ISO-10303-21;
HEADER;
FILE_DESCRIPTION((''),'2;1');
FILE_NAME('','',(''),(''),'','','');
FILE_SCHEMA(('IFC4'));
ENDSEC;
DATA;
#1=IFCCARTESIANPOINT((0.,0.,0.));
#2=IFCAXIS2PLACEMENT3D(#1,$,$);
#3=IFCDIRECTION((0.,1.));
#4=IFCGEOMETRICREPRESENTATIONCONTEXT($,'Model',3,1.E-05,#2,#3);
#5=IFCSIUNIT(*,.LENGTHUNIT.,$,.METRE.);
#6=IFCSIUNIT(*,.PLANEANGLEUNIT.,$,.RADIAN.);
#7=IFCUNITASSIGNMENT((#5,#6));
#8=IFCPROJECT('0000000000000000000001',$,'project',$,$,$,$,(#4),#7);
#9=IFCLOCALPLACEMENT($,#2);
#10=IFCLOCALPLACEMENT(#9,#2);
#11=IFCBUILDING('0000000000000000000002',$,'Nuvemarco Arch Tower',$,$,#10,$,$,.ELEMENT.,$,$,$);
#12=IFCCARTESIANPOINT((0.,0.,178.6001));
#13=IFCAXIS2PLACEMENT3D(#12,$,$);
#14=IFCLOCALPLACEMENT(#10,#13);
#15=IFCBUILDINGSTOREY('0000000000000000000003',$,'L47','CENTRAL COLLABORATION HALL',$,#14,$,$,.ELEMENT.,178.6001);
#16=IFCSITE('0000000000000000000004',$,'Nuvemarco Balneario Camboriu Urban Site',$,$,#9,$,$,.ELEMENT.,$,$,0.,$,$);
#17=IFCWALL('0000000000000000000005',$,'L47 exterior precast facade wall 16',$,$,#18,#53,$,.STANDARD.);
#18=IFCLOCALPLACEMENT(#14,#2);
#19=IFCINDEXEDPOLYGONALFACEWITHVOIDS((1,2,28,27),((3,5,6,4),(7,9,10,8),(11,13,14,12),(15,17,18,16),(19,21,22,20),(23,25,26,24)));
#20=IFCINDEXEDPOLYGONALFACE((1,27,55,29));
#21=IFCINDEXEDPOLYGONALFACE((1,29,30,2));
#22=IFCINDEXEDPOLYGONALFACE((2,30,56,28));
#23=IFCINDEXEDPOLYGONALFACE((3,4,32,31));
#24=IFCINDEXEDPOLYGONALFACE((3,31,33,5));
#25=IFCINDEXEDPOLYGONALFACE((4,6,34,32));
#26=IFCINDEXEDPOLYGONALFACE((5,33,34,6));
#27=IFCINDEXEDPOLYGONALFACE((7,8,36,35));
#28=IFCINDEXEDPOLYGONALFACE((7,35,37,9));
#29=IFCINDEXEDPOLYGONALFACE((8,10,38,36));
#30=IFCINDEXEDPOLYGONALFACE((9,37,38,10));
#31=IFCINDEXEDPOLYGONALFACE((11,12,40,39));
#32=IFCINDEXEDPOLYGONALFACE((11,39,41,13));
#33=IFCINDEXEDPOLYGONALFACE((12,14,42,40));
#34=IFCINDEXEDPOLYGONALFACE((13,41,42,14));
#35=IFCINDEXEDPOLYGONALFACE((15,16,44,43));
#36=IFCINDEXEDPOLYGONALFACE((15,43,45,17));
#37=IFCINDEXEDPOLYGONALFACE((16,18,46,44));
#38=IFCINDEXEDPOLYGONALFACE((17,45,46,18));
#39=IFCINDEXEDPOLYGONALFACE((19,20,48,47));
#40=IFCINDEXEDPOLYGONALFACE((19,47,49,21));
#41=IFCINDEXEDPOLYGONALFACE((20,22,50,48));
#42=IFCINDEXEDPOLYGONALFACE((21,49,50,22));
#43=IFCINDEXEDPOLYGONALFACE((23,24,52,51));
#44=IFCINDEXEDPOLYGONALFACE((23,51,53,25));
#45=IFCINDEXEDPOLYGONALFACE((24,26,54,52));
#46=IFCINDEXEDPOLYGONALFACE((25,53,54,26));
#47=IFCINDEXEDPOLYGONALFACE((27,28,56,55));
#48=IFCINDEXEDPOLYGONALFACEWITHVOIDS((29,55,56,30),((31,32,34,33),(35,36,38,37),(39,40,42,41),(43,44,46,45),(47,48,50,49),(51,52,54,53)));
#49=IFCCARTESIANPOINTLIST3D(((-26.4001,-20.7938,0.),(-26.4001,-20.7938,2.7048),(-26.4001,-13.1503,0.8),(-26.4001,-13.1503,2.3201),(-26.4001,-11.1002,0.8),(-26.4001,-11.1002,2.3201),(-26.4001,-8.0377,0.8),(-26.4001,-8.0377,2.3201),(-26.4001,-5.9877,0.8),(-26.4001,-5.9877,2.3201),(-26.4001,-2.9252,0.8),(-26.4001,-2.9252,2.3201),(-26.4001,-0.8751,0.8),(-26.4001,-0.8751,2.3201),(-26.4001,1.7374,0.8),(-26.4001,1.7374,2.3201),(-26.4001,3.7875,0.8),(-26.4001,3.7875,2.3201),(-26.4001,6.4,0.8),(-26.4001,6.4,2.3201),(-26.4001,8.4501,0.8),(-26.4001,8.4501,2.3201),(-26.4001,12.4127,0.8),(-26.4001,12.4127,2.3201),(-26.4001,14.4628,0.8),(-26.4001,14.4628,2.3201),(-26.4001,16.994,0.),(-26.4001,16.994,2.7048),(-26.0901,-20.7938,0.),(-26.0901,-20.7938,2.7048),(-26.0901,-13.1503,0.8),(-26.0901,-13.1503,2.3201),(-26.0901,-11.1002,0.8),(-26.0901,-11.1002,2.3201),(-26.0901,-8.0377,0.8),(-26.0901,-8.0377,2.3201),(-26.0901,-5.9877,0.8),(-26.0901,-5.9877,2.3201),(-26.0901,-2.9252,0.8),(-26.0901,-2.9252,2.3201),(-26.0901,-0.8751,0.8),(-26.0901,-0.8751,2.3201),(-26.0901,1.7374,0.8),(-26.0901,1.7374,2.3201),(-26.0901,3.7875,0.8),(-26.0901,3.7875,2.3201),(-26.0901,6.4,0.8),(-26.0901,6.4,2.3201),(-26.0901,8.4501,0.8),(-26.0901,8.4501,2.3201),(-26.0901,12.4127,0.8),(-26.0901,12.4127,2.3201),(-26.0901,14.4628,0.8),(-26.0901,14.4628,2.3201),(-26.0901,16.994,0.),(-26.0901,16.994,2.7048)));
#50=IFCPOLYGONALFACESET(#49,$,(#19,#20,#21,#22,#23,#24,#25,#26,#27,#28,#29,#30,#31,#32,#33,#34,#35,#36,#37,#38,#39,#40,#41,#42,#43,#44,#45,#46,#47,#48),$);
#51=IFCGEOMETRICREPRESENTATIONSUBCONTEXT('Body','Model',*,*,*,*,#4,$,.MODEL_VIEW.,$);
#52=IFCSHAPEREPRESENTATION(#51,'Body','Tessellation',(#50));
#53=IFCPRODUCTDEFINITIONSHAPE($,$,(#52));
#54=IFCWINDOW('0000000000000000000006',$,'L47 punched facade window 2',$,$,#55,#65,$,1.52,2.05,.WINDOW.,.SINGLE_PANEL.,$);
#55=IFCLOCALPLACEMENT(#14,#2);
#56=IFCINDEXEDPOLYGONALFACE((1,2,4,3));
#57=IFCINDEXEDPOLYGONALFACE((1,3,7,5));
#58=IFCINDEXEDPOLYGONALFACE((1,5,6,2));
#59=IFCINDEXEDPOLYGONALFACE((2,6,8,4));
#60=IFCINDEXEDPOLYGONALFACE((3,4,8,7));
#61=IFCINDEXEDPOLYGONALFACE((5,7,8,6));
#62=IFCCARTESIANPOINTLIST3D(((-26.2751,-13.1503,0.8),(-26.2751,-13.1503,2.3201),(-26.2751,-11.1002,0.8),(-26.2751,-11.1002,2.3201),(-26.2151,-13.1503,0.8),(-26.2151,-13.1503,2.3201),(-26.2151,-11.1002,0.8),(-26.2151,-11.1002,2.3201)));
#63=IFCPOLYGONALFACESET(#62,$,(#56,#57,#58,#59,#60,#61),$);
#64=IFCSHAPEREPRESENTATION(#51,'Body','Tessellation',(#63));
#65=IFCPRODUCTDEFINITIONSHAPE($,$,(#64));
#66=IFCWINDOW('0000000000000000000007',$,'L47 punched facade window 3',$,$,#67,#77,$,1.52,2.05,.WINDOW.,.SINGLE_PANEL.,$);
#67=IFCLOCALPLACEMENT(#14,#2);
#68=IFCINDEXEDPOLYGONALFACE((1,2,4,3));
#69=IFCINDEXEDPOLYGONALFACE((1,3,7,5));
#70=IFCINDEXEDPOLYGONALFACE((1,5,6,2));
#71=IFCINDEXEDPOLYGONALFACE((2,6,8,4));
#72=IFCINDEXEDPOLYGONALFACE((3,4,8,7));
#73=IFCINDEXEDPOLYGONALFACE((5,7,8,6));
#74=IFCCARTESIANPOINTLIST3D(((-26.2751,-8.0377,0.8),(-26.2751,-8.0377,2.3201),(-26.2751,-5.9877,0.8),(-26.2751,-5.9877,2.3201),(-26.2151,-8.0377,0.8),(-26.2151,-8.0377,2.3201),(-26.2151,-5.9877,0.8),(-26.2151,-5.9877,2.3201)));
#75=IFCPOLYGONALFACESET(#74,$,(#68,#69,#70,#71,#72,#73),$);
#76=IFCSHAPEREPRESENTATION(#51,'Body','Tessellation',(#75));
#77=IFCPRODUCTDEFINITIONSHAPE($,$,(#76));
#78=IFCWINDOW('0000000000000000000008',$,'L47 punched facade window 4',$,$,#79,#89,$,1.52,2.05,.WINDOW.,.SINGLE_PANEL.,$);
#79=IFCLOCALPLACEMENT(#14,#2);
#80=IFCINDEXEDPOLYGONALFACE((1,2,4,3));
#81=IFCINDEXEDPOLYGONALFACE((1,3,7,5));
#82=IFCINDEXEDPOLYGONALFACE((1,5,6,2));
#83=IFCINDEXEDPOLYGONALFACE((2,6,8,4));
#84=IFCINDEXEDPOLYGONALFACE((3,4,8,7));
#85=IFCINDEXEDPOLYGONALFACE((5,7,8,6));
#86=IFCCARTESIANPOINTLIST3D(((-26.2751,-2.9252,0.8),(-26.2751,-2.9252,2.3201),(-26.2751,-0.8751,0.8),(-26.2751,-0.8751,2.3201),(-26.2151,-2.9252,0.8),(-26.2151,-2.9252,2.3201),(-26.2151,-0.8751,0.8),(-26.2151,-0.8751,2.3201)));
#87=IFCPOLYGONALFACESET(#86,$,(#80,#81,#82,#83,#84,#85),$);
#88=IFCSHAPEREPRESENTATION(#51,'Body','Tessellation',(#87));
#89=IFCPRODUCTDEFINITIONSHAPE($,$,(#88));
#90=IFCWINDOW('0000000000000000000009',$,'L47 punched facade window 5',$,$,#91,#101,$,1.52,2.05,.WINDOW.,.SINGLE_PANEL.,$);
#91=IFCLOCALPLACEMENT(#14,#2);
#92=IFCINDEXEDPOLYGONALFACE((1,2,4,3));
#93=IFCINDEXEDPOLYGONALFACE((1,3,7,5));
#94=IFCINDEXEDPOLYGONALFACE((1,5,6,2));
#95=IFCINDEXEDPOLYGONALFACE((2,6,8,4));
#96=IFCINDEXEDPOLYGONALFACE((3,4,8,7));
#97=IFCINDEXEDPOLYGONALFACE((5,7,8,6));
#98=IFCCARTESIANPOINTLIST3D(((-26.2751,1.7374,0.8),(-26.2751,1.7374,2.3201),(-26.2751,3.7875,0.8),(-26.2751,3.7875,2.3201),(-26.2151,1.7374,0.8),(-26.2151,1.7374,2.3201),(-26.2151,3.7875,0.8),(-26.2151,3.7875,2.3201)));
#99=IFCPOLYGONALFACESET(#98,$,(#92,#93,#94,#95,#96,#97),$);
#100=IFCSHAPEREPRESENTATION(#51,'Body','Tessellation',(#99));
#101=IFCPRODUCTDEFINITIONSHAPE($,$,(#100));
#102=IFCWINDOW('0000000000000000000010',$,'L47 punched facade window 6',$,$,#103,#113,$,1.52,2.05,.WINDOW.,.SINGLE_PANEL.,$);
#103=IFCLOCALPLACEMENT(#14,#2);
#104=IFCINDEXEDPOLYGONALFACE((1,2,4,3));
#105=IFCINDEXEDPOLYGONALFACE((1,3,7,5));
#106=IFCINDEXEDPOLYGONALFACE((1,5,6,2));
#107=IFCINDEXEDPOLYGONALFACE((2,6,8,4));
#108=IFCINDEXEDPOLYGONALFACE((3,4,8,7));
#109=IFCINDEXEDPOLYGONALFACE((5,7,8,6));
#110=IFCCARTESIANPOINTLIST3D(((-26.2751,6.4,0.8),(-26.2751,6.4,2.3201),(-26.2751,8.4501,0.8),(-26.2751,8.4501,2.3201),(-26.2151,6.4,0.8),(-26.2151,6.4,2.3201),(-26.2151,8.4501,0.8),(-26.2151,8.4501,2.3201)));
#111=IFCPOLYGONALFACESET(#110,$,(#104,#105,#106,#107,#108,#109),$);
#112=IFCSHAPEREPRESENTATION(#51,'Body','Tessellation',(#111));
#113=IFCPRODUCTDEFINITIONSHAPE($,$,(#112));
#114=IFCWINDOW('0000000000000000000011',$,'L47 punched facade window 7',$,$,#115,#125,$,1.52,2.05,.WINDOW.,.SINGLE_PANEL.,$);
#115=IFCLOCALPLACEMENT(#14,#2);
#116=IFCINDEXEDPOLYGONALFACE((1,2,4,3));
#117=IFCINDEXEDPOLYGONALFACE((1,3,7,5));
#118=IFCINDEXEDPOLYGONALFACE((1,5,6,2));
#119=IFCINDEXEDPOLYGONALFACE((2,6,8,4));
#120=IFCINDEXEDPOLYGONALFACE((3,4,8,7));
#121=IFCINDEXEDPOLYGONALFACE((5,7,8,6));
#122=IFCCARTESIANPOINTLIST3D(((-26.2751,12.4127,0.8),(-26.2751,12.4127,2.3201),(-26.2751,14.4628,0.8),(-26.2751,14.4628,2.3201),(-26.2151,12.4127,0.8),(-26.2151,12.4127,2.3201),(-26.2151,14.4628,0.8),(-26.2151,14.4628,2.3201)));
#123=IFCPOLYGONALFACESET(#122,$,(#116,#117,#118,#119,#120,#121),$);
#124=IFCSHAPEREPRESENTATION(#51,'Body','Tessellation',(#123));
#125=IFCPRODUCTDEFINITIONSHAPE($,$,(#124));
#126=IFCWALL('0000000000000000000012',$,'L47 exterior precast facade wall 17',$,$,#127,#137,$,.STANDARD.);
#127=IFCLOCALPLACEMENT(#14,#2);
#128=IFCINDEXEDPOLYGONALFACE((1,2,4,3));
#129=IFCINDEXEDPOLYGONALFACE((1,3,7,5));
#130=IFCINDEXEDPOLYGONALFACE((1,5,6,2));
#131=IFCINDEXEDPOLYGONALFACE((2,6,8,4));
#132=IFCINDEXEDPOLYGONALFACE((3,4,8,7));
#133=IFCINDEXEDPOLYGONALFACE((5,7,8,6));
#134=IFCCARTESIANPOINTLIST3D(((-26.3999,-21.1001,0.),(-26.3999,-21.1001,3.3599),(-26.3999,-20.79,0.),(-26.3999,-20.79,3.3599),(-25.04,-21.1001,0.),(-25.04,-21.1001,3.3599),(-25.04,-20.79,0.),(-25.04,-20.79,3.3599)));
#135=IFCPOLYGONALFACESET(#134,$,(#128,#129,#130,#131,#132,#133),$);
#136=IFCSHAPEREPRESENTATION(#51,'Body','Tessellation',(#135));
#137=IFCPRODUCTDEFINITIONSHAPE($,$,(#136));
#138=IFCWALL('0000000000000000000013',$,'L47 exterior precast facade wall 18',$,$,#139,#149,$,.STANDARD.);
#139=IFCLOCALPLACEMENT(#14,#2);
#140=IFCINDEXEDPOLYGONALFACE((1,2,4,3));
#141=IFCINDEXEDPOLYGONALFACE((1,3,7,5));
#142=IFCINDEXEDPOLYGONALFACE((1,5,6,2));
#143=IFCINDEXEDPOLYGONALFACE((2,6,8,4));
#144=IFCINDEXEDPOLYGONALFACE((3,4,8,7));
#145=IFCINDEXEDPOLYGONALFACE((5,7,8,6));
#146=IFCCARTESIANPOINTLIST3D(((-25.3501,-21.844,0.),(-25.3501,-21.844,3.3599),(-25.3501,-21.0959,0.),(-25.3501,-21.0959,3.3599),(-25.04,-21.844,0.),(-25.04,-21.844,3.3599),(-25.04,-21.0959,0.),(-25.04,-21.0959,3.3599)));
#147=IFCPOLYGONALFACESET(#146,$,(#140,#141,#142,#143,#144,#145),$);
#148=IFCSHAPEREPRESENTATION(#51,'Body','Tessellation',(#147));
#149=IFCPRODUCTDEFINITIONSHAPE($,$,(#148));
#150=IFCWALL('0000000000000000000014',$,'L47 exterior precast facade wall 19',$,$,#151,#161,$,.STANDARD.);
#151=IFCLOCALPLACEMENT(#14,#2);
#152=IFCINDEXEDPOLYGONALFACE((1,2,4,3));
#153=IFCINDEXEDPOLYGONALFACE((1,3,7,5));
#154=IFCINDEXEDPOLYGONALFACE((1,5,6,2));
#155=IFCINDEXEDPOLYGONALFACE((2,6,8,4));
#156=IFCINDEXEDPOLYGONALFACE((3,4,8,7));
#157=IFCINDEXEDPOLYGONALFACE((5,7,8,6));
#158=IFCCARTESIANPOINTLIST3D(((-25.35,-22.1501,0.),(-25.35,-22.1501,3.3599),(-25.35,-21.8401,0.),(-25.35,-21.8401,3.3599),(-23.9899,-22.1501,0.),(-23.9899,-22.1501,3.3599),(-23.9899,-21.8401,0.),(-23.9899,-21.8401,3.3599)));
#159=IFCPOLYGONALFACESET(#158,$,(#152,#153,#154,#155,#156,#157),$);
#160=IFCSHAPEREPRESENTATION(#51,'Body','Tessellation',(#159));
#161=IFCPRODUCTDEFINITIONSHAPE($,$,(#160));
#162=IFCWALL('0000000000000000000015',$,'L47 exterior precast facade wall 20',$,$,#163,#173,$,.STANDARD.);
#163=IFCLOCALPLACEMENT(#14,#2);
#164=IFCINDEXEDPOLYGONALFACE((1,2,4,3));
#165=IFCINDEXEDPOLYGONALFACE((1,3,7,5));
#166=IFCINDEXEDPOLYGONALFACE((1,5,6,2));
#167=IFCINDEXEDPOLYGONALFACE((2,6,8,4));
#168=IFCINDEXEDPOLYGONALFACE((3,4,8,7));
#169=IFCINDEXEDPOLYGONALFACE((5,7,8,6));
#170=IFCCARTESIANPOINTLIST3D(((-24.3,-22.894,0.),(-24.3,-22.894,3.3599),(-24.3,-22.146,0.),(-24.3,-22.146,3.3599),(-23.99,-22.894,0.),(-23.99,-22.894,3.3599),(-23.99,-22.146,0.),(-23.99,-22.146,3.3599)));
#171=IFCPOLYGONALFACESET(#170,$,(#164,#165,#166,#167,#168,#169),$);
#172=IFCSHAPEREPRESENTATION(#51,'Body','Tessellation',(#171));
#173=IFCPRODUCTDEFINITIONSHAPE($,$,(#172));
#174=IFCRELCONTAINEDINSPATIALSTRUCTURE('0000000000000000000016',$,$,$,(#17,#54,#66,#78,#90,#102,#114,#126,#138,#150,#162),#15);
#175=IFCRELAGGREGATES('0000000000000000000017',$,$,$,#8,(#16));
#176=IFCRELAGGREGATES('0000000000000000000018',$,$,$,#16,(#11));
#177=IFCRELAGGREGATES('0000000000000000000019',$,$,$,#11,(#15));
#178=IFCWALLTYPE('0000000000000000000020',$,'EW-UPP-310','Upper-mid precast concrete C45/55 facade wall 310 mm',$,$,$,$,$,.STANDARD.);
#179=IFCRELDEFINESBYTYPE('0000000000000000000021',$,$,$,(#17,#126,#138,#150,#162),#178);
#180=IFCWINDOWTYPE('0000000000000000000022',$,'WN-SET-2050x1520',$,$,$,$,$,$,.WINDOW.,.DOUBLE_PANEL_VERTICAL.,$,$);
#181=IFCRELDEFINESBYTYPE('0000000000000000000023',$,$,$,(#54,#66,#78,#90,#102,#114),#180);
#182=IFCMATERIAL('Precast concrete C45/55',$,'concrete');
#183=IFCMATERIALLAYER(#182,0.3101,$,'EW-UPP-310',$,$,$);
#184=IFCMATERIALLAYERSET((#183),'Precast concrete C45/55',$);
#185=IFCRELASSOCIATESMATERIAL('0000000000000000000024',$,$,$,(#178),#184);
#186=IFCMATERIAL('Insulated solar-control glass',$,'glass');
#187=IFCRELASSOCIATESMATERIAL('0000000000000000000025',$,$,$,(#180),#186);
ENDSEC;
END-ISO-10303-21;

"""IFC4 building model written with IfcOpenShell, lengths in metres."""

from ifc_helpers import new_model, si_unit, direction, frame, frame_2d, origin, place, context, subcontext, project, spatial, rectangle, extrude, source, transform, mapped, material, layer, layer_set, type_object, type_shapes, element, fill, save


model = new_model("IFC4")

# Units and contexts
model_context = context("Model", 3, precision=1e-05, world=origin(), true_north=direction((0.0, 1.0)))
body_context = subcontext(model_context, "Body", "Model", "MODEL_VIEW")
ifc_project = project(units=[si_unit("LENGTHUNIT", "METRE"), si_unit("PLANEANGLEUNIT", "RADIAN")], contexts=[model_context])

# Site, building, storey
site_placement = place(None, origin())
site = spatial("IfcSite", under=ifc_project, at=site_placement, Name="Nuvemarco Balneario Camboriu Urban Site", CompositionType="ELEMENT", RefElevation=0.0)
building_placement = place(site_placement, origin())
building = spatial("IfcBuilding", under=site, at=building_placement, Name="Nuvemarco Arch Tower", CompositionType="ELEMENT")
storey_placement = place(building_placement, frame((0.0, 0.0, 178.6001)))
storey = spatial("IfcBuildingStorey", under=building, at=storey_placement, Name="L47", Description="CENTRAL COLLABORATION HALL", CompositionType="ELEMENT", Elevation=178.6001)

# Wall, openings, windows
ifc_material_1 = material(Name="Precast concrete C45/55", Category="concrete")
ifc_layer_1 = layer(ifc_material_1, 0.3101, Name="EW-UPP-310")
ifc_layer_set_1 = layer_set([ifc_layer_1], Name="Precast concrete C45/55")
wall_type_1 = type_object("IfcWallType", Name="EW-UPP-310", Description="Upper-mid precast concrete C45/55 facade wall 310 mm", PredefinedType="STANDARD", material=ifc_layer_set_1)
ifc_material_2 = material(Name="Insulated solar-control glass", Category="glass")
wall_1_placement = place(storey_placement, frame((-26.2451, -20.7939, 0.0), z_axis=(0.0, 0.0, 1.0), x_axis=(0.0, 1.0, 0.0)))
wall_1 = element("IfcWall", 1, at=wall_1_placement, inside=storey, type_object=wall_type_1, Name="L47 exterior precast facade wall 16", PredefinedType="STANDARD", context=body_context, shape_type="SweptSolid", body=[
    extrude(rectangle(XDim=37.7878, YDim=0.3101, at=frame_2d((18.894, 0.0))), origin(), (0.0, 0.0, 1.0), 2.7048),
])
opening_1_placement = place(wall_1_placement, frame((7.6438, 0.0, 0.8)))
opening_1 = element("IfcOpeningElement", 2, at=opening_1_placement, cuts=wall_1, PredefinedType="OPENING", context=body_context, shape_type="SweptSolid", body=[
    extrude(rectangle(XDim=2.05, YDim=1.52, at=frame_2d((1.0249, 0.76))), frame((0.0, 0.165, 0.0), z_axis=(0.0, -1.0, 0.0), x_axis=(1.0, 0.0, 0.0)), (0.0, 0.0, 1.0), 0.3301),
])
opening_2_placement = place(wall_1_placement, frame((12.7563, 0.0, 0.8)))
opening_2 = element("IfcOpeningElement", 3, at=opening_2_placement, cuts=wall_1, PredefinedType="OPENING", context=body_context, shape_type="SweptSolid", body=[
    extrude(rectangle(XDim=2.05, YDim=1.52, at=frame_2d((1.0249, 0.76))), frame((0.0, 0.165, 0.0), z_axis=(0.0, -1.0, 0.0), x_axis=(1.0, 0.0, 0.0)), (0.0, 0.0, 1.0), 0.3301),
])
opening_3_placement = place(wall_1_placement, frame((17.8689, 0.0, 0.8)))
opening_3 = element("IfcOpeningElement", 4, at=opening_3_placement, cuts=wall_1, PredefinedType="OPENING", context=body_context, shape_type="SweptSolid", body=[
    extrude(rectangle(XDim=2.05, YDim=1.52, at=frame_2d((1.0249, 0.76))), frame((0.0, 0.165, 0.0), z_axis=(0.0, -1.0, 0.0), x_axis=(1.0, 0.0, 0.0)), (0.0, 0.0, 1.0), 0.3301),
])
opening_4_placement = place(wall_1_placement, frame((22.5315, 0.0, 0.8)))
opening_4 = element("IfcOpeningElement", 5, at=opening_4_placement, cuts=wall_1, PredefinedType="OPENING", context=body_context, shape_type="SweptSolid", body=[
    extrude(rectangle(XDim=2.05, YDim=1.52, at=frame_2d((1.0249, 0.76))), frame((0.0, 0.165, 0.0), z_axis=(0.0, -1.0, 0.0), x_axis=(1.0, 0.0, 0.0)), (0.0, 0.0, 1.0), 0.3301),
])
opening_5_placement = place(wall_1_placement, frame((27.1941, 0.0, 0.8)))
opening_5 = element("IfcOpeningElement", 6, at=opening_5_placement, cuts=wall_1, PredefinedType="OPENING", context=body_context, shape_type="SweptSolid", body=[
    extrude(rectangle(XDim=2.05, YDim=1.52, at=frame_2d((1.0249, 0.76))), frame((0.0, 0.165, 0.0), z_axis=(0.0, -1.0, 0.0), x_axis=(1.0, 0.0, 0.0)), (0.0, 0.0, 1.0), 0.3301),
])
opening_6_placement = place(wall_1_placement, frame((33.2068, 0.0, 0.8)))
opening_6 = element("IfcOpeningElement", 7, at=opening_6_placement, cuts=wall_1, PredefinedType="OPENING", context=body_context, shape_type="SweptSolid", body=[
    extrude(rectangle(XDim=2.05, YDim=1.52, at=frame_2d((1.0249, 0.76))), frame((0.0, 0.165, 0.0), z_axis=(0.0, -1.0, 0.0), x_axis=(1.0, 0.0, 0.0)), (0.0, 0.0, 1.0), 0.3301),
])
window_type_1 = type_object("IfcWindowType", Name="WN-SET-2050x1520", PartitioningType="DOUBLE_PANEL_VERTICAL", PredefinedType="WINDOW", material=ifc_material_2)
shared_shape_1 = source(origin(), body_context, "Body", "SweptSolid", [
    extrude(rectangle(XDim=2.05, YDim=1.52, at=frame_2d((1.0249, 0.76))), frame((0.0, 0.03, 0.0), z_axis=(0.0, -1.0, 0.0), x_axis=(1.0, 0.0, 0.0)), (0.0, 0.0, 1.0), 0.0601),
])
type_shapes(window_type_1, [shared_shape_1])
window_1_placement = place(opening_1_placement, origin())
window_1 = element("IfcWindow", 8, at=window_1_placement, inside=storey, type_object=window_type_1, Name="L47 punched facade window 2", OverallHeight=1.52, OverallWidth=2.05, PartitioningType="SINGLE_PANEL", PredefinedType="WINDOW", context=body_context, shape_type="MappedRepresentation", body=[
    mapped(shared_shape_1, transform((0.0, 0.0, 0.0), scale=1.0)),
])
fill(opening_1, window_1)
window_2_placement = place(opening_2_placement, origin())
window_2 = element("IfcWindow", 9, at=window_2_placement, inside=storey, type_object=window_type_1, Name="L47 punched facade window 3", OverallHeight=1.52, OverallWidth=2.05, PartitioningType="SINGLE_PANEL", PredefinedType="WINDOW", context=body_context, shape_type="MappedRepresentation", body=[
    mapped(shared_shape_1, transform((0.0, 0.0, 0.0), scale=1.0)),
])
fill(opening_2, window_2)
window_3_placement = place(opening_3_placement, origin())
window_3 = element("IfcWindow", 10, at=window_3_placement, inside=storey, type_object=window_type_1, Name="L47 punched facade window 4", OverallHeight=1.52, OverallWidth=2.05, PartitioningType="SINGLE_PANEL", PredefinedType="WINDOW", context=body_context, shape_type="MappedRepresentation", body=[
    mapped(shared_shape_1, transform((0.0, 0.0, 0.0), scale=1.0)),
])
fill(opening_3, window_3)
window_4_placement = place(opening_4_placement, origin())
window_4 = element("IfcWindow", 11, at=window_4_placement, inside=storey, type_object=window_type_1, Name="L47 punched facade window 5", OverallHeight=1.52, OverallWidth=2.05, PartitioningType="SINGLE_PANEL", PredefinedType="WINDOW", context=body_context, shape_type="MappedRepresentation", body=[
    mapped(shared_shape_1, transform((0.0, 0.0, 0.0), scale=1.0)),
])
fill(opening_4, window_4)
window_5_placement = place(opening_5_placement, origin())
window_5 = element("IfcWindow", 12, at=window_5_placement, inside=storey, type_object=window_type_1, Name="L47 punched facade window 6", OverallHeight=1.52, OverallWidth=2.05, PartitioningType="SINGLE_PANEL", PredefinedType="WINDOW", context=body_context, shape_type="MappedRepresentation", body=[
    mapped(shared_shape_1, transform((0.0, 0.0, 0.0), scale=1.0)),
])
fill(opening_5, window_5)
window_6_placement = place(opening_6_placement, origin())
window_6 = element("IfcWindow", 13, at=window_6_placement, inside=storey, type_object=window_type_1, Name="L47 punched facade window 7", OverallHeight=1.52, OverallWidth=2.05, PartitioningType="SINGLE_PANEL", PredefinedType="WINDOW", context=body_context, shape_type="MappedRepresentation", body=[
    mapped(shared_shape_1, transform((0.0, 0.0, 0.0), scale=1.0)),
])
fill(opening_6, window_6)

# Walls
wall_2_placement = place(storey_placement, frame((-26.3999, -20.9451, 0.0), z_axis=(0.0, 0.0, 1.0), x_axis=(1.0, 0.0, 0.0)))
element("IfcWall", 14, at=wall_2_placement, inside=storey, type_object=wall_type_1, Name="L47 exterior precast facade wall 17", PredefinedType="STANDARD", context=body_context, shape_type="SweptSolid", body=[
    extrude(rectangle(XDim=1.3599, YDim=0.3101, at=frame_2d((0.6799, 0.0))), origin(), (0.0, 0.0, 1.0), 3.3599),
])
wall_3_placement = place(storey_placement, frame((-25.1951, -21.844, 0.0), z_axis=(0.0, 0.0, 1.0), x_axis=(0.0, 1.0, 0.0)))
element("IfcWall", 15, at=wall_3_placement, inside=storey, type_object=wall_type_1, Name="L47 exterior precast facade wall 18", PredefinedType="STANDARD", context=body_context, shape_type="SweptSolid", body=[
    extrude(rectangle(XDim=0.748, YDim=0.3101, at=frame_2d((0.374, 0.0))), origin(), (0.0, 0.0, 1.0), 3.3599),
])
wall_4_placement = place(storey_placement, frame((-25.3501, -21.9951, 0.0), z_axis=(0.0, 0.0, 1.0), x_axis=(1.0, 0.0, 0.0)))
element("IfcWall", 16, at=wall_4_placement, inside=storey, type_object=wall_type_1, Name="L47 exterior precast facade wall 19", PredefinedType="STANDARD", context=body_context, shape_type="SweptSolid", body=[
    extrude(rectangle(XDim=1.3601, YDim=0.3101, at=frame_2d((0.6802, 0.0))), origin(), (0.0, 0.0, 1.0), 3.3599),
])
wall_5_placement = place(storey_placement, frame((-24.145, -22.894, 0.0), z_axis=(0.0, 0.0, 1.0), x_axis=(0.0, 1.0, 0.0)))
element("IfcWall", 17, at=wall_5_placement, inside=storey, type_object=wall_type_1, Name="L47 exterior precast facade wall 20", PredefinedType="STANDARD", context=body_context, shape_type="SweptSolid", body=[
    extrude(rectangle(XDim=0.748, YDim=0.3101, at=frame_2d((0.374, 0.0))), origin(), (0.0, 0.0, 1.0), 3.3599),
])

save(model, "model.ifc")
